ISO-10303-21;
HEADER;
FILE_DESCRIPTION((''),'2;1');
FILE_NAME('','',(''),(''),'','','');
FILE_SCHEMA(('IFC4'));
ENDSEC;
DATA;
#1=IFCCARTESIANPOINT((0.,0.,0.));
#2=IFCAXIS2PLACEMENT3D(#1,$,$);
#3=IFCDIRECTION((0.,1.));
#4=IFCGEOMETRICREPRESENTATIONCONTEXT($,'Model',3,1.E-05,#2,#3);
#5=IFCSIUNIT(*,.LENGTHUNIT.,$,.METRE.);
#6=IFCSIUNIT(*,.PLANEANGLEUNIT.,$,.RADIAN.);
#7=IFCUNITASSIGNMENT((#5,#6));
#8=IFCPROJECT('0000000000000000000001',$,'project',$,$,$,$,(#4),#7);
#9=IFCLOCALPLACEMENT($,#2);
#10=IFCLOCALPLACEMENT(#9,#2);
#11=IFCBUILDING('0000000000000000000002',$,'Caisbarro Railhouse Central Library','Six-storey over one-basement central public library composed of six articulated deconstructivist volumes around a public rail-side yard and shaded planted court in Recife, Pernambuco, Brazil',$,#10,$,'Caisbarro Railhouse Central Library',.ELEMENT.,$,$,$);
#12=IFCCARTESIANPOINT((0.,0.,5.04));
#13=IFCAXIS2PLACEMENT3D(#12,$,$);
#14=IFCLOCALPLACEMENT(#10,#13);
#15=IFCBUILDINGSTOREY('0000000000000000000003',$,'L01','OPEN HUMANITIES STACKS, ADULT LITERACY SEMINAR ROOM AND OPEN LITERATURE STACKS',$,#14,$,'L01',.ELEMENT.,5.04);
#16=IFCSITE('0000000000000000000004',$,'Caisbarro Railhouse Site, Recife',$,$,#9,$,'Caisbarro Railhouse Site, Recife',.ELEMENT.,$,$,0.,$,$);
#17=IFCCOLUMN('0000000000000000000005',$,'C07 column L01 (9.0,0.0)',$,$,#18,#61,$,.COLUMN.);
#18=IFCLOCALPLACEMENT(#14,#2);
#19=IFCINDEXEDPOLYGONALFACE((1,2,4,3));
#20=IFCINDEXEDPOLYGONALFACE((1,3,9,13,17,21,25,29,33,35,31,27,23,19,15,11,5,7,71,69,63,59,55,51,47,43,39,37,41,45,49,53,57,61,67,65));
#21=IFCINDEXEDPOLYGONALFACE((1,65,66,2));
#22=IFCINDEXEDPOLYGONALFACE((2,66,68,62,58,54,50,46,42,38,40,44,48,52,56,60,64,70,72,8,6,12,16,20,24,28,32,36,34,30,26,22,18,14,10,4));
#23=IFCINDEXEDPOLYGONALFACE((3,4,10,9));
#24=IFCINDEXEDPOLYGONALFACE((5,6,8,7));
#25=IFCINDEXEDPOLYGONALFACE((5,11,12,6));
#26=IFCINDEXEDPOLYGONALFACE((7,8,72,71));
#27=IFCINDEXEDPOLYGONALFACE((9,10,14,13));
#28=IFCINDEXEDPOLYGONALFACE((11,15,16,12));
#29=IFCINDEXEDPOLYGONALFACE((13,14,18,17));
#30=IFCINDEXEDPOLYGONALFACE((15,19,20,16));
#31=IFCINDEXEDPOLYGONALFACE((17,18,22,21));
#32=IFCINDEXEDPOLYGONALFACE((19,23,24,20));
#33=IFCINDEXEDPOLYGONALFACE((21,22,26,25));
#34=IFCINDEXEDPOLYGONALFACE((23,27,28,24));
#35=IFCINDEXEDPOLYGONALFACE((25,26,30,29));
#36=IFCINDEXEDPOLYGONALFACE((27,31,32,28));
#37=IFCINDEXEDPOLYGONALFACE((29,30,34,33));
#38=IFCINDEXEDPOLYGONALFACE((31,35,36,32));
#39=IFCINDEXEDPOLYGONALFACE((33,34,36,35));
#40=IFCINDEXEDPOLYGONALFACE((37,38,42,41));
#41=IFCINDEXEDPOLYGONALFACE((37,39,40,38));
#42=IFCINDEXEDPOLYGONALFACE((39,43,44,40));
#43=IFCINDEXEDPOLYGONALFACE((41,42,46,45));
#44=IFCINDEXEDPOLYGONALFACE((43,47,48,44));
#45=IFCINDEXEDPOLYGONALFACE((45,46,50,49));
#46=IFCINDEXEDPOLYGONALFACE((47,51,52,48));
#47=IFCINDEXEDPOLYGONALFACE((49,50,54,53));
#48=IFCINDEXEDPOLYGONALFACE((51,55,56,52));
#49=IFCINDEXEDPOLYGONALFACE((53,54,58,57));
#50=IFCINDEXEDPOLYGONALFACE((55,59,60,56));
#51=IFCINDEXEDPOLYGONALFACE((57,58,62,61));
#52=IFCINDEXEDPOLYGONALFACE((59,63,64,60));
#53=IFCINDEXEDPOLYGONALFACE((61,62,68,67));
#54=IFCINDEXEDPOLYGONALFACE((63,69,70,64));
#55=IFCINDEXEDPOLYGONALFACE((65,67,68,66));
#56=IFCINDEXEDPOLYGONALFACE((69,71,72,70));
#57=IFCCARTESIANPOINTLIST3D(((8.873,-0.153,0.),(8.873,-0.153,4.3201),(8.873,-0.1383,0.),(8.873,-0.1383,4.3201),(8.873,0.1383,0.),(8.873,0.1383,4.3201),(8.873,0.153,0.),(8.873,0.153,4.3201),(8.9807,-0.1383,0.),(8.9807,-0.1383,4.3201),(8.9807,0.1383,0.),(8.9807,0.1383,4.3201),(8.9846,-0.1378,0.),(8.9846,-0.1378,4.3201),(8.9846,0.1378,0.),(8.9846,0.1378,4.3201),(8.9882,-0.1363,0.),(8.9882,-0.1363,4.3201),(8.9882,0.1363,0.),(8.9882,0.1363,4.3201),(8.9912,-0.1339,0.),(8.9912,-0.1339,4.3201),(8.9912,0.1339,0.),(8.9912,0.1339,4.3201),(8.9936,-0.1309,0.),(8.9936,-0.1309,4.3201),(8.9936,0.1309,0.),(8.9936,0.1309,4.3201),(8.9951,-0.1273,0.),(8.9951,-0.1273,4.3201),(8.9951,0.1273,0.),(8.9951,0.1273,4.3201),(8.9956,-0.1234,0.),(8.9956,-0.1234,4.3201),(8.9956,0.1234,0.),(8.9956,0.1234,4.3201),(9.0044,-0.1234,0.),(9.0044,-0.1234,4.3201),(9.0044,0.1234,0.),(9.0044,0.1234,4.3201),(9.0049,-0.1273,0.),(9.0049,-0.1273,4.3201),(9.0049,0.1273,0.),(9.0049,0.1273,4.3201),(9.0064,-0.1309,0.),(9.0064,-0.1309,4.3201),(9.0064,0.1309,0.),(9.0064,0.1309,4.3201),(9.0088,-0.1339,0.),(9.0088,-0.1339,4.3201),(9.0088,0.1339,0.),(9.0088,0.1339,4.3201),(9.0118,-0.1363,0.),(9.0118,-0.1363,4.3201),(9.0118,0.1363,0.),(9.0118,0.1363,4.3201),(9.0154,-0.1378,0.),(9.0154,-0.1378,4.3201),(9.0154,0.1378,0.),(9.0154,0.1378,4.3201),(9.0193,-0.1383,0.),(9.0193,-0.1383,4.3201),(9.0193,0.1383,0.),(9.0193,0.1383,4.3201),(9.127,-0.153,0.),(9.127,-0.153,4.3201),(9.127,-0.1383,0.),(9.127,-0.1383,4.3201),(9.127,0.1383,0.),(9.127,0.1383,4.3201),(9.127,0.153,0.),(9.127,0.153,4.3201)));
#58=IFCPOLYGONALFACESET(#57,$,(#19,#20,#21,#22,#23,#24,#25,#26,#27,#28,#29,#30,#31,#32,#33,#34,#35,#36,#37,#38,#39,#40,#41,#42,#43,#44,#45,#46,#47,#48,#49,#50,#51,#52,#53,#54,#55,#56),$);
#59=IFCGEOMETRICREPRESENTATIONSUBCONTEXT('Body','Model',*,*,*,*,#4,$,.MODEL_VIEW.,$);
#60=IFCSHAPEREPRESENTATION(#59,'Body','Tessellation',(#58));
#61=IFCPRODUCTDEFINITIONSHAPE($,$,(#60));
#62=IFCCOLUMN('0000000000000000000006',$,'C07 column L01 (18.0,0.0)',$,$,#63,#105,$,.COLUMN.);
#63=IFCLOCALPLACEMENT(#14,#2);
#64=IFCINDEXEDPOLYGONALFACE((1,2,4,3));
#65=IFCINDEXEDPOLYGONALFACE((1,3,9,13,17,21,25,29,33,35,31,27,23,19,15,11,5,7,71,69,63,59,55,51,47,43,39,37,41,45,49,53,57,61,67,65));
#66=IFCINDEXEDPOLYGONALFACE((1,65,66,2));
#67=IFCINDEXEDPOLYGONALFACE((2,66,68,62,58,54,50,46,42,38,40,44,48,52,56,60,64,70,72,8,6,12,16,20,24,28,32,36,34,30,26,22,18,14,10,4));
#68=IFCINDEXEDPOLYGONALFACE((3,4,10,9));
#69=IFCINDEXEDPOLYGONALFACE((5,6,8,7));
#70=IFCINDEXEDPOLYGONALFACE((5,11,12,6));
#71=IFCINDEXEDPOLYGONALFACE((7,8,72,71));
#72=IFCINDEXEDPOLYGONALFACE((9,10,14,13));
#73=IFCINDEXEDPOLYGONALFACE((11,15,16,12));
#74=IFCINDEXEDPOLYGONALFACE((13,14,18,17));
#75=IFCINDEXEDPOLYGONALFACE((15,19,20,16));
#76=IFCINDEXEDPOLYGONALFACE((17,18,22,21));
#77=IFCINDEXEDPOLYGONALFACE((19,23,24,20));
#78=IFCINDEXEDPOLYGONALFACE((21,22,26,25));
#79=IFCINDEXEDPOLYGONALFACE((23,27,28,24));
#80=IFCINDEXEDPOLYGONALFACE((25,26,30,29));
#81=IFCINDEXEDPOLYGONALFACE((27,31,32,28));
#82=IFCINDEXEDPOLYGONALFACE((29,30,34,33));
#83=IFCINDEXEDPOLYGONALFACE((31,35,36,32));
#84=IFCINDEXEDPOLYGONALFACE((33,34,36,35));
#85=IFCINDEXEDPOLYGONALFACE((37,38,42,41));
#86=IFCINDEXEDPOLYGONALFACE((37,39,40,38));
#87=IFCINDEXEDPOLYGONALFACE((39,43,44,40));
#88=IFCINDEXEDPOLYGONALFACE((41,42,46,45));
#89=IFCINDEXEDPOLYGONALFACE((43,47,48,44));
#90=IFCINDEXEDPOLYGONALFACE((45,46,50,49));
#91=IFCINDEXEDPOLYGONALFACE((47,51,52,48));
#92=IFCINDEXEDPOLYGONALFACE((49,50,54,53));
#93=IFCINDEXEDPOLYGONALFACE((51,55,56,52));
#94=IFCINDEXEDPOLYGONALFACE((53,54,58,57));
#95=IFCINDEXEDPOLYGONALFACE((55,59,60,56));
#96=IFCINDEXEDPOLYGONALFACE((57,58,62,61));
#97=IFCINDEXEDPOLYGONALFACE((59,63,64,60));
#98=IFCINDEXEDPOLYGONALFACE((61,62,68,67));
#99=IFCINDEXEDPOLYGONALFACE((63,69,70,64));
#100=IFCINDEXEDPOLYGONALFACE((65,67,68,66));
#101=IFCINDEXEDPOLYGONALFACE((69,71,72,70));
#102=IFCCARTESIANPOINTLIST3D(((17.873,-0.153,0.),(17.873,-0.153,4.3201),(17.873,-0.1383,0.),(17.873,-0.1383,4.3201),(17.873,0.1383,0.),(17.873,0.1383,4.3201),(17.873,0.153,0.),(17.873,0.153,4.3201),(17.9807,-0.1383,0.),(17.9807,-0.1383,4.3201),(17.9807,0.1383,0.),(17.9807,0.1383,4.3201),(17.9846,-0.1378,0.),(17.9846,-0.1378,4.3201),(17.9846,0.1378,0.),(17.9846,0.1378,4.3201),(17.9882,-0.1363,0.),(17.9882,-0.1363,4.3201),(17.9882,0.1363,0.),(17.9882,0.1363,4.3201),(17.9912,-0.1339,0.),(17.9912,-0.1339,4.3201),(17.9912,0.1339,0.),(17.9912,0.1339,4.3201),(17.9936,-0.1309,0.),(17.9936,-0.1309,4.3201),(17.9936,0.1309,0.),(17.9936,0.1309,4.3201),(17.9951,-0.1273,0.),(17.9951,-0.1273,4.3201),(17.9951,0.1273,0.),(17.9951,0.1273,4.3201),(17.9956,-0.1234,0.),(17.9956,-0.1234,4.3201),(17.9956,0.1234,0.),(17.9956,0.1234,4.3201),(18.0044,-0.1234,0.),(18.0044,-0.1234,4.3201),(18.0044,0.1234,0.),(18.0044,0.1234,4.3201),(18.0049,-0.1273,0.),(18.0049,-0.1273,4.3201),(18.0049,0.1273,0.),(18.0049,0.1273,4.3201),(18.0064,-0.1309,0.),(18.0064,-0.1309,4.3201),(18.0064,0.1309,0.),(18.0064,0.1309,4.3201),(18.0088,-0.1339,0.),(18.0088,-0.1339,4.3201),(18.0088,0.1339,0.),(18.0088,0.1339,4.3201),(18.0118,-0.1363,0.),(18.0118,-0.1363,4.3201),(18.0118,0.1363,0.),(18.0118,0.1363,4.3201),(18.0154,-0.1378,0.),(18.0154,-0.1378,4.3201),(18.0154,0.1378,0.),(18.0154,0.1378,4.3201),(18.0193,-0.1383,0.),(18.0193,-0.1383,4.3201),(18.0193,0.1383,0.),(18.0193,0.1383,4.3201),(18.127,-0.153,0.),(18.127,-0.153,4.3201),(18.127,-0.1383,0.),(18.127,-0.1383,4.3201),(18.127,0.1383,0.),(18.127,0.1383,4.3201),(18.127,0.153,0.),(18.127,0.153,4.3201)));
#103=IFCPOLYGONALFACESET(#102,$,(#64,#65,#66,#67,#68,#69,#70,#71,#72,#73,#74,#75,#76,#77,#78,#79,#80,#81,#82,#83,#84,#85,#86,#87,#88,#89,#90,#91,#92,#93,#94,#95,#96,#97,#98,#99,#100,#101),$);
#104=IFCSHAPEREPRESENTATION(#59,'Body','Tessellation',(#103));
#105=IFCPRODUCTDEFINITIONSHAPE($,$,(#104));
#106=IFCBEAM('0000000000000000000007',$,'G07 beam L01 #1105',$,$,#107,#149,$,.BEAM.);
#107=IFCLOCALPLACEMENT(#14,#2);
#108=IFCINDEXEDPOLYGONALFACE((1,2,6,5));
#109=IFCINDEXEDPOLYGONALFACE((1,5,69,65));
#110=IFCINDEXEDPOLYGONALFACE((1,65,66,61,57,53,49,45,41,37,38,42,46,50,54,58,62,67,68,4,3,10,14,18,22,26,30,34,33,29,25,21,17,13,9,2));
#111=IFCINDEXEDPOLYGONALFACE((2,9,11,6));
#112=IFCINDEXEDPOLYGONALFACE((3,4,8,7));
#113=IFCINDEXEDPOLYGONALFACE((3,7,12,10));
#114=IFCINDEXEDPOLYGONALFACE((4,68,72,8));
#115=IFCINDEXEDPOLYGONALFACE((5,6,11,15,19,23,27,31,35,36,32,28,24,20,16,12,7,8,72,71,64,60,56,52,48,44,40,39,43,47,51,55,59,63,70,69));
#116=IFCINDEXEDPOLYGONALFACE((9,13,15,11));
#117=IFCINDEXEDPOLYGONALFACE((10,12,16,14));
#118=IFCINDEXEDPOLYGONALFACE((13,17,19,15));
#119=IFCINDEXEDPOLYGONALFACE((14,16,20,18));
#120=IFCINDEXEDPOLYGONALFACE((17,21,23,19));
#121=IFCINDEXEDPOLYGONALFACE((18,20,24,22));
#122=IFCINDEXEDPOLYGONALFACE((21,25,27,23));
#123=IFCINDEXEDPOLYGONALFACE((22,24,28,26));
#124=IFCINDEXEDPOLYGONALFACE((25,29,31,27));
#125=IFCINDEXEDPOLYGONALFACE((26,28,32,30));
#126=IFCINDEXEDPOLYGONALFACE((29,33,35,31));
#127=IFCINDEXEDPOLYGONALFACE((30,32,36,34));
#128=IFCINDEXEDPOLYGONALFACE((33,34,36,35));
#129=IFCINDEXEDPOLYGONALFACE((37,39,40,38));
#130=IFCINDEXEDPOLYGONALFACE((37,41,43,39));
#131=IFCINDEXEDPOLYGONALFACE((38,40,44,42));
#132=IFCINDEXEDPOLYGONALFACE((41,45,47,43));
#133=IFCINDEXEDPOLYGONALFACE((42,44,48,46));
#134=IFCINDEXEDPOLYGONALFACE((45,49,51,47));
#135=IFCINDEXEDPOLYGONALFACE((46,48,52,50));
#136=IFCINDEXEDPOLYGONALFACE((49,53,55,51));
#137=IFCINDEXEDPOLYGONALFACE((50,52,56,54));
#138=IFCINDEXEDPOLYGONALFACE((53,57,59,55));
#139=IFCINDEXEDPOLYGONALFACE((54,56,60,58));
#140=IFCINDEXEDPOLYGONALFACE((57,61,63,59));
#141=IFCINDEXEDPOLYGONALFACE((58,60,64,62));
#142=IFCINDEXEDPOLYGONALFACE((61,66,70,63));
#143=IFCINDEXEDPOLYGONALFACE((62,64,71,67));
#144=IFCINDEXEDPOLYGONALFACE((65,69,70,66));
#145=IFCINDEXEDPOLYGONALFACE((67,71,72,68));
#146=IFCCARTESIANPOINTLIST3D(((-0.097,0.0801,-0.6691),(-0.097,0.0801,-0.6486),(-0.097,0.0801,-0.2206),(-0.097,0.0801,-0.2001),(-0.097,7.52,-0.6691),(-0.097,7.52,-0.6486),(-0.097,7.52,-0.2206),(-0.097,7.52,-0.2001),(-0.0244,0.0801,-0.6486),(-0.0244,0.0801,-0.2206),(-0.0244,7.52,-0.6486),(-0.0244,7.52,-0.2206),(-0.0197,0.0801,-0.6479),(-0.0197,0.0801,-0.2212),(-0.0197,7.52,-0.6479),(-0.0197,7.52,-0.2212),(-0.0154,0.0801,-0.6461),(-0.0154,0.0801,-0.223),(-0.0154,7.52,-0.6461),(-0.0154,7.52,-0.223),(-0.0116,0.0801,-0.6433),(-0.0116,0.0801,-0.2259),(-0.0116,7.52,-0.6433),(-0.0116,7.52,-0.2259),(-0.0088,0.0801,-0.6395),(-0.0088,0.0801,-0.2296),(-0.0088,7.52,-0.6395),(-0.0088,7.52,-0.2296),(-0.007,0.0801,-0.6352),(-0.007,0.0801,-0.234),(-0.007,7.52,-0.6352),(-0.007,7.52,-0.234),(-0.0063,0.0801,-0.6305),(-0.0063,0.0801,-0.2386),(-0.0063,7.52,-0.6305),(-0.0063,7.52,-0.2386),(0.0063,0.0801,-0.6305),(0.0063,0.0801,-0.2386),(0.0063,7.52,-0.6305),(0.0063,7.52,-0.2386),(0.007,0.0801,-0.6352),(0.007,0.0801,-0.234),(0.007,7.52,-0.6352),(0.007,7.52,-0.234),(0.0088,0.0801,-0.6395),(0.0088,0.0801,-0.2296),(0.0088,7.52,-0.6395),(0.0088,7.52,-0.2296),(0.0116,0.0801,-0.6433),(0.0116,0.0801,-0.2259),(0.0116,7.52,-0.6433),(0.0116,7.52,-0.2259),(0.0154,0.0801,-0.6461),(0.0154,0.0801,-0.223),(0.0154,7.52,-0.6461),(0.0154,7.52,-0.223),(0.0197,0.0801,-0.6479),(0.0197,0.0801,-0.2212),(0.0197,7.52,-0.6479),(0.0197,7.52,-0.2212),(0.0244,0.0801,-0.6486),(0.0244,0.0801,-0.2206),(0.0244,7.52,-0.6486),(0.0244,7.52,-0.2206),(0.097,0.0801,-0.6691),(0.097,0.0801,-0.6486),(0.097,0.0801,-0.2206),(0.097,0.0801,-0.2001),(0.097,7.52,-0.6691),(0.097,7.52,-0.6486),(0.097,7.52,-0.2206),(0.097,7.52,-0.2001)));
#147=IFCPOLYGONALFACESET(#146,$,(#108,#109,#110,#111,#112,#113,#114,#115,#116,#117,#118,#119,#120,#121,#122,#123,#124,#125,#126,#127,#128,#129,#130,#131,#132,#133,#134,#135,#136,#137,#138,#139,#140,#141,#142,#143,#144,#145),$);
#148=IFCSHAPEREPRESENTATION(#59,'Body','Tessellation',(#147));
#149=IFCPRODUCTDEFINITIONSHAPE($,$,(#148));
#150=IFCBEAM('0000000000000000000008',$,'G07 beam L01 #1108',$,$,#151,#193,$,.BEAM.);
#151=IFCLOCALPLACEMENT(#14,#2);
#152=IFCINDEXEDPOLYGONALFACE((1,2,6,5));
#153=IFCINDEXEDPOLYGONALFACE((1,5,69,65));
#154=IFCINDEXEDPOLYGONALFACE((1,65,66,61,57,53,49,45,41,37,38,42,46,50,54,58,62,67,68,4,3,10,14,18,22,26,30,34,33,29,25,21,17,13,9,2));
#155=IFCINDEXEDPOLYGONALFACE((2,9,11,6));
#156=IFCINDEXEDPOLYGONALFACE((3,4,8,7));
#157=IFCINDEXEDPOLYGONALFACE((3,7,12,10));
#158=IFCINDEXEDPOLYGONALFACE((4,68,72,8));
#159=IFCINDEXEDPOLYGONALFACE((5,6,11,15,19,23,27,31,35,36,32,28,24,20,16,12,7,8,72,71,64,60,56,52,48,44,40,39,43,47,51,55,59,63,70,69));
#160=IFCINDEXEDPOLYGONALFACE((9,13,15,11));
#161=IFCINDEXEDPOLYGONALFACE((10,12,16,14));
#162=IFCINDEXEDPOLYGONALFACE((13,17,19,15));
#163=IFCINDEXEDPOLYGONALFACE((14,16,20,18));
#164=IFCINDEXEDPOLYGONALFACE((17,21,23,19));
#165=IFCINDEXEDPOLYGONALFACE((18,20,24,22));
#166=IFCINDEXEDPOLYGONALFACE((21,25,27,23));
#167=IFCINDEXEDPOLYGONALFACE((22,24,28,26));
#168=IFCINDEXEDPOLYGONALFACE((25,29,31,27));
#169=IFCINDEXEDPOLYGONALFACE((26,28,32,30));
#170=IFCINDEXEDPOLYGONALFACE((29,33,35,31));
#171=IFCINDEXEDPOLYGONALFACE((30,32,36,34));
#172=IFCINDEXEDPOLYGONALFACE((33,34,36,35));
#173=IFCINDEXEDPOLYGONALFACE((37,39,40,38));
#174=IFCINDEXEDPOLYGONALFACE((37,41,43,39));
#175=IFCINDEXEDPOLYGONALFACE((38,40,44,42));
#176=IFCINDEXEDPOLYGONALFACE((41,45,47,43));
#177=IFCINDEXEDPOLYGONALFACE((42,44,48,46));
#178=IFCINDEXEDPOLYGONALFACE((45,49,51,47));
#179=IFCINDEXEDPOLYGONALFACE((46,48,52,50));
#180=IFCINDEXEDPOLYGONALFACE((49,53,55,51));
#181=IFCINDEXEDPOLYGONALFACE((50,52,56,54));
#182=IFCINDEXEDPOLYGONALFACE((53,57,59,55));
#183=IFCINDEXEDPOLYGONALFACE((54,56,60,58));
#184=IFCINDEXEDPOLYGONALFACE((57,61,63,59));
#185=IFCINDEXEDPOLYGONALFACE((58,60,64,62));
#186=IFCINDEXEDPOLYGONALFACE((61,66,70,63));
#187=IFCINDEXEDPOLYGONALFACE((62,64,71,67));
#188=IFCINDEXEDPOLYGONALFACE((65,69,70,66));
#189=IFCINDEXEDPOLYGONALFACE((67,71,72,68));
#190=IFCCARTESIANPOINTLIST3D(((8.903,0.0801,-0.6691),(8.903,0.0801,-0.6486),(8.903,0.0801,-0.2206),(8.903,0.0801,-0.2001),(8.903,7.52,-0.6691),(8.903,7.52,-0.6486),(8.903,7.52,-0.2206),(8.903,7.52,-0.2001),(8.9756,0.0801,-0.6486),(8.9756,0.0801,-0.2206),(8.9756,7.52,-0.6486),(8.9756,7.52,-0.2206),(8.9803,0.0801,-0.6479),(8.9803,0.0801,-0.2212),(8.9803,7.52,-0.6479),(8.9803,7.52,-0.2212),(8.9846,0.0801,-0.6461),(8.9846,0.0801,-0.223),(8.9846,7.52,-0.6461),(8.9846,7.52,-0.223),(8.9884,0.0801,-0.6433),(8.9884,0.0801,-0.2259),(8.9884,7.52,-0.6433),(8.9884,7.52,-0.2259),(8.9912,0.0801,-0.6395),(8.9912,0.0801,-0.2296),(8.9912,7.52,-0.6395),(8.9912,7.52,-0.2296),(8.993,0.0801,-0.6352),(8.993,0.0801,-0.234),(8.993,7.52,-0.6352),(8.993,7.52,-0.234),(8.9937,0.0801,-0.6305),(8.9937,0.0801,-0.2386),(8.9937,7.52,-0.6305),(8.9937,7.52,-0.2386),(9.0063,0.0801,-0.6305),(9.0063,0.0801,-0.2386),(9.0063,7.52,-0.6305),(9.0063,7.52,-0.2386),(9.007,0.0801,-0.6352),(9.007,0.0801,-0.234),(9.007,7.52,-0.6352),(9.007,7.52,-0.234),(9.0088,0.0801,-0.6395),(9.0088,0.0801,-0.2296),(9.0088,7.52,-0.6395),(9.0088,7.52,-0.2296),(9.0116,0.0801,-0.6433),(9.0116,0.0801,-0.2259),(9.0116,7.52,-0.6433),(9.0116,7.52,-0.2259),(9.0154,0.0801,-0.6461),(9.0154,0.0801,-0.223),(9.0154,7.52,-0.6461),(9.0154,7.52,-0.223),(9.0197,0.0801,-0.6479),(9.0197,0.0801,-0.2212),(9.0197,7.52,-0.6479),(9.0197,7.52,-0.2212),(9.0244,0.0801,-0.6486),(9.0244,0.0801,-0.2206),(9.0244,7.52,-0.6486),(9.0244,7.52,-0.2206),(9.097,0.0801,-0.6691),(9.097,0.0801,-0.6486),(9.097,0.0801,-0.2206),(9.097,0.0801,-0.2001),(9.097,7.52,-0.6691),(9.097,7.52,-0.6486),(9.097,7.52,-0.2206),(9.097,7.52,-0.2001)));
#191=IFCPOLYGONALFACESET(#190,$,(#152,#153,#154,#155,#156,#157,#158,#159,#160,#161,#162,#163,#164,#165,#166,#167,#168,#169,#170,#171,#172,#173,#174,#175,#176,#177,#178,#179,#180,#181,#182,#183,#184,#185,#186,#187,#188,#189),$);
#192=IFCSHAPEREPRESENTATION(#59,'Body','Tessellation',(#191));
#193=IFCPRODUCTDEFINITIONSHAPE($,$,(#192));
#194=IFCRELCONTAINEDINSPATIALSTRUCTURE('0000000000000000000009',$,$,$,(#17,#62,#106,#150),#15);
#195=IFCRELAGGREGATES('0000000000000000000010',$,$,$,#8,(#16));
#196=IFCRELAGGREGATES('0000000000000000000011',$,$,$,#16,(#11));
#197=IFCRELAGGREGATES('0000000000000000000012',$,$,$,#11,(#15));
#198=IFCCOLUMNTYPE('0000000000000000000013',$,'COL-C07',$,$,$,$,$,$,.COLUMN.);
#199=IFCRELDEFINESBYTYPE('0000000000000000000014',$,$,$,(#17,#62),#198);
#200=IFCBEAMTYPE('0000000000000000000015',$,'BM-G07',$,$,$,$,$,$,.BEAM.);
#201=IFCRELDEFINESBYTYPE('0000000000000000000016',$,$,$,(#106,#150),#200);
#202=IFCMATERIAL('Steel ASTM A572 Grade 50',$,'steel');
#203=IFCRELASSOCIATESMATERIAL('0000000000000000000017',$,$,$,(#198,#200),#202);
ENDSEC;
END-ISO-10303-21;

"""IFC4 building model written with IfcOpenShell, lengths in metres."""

from ifc_helpers import new_model, si_unit, direction, frame, origin, origin_2d, place, context, subcontext, project, spatial, i_section, extrude, material, material_profile, profile_set, type_object, element, save


model = new_model("IFC4")

# Units and contexts
model_context = context("Model", 3, precision=1e-05, world=origin(), true_north=direction((0.0, 1.0)))
body_context = subcontext(model_context, "Body", "Model", "MODEL_VIEW")
ifc_project = project(units=[si_unit("LENGTHUNIT", "METRE"), si_unit("PLANEANGLEUNIT", "RADIAN")], contexts=[model_context])

# Site, building, storey
site_placement = place(None, origin())
site = spatial("IfcSite", under=ifc_project, at=site_placement, Name="Caisbarro Railhouse Site, Recife", LongName="Caisbarro Railhouse Site, Recife", CompositionType="ELEMENT", RefElevation=0.0)
building_placement = place(site_placement, origin())
building = spatial("IfcBuilding", under=site, at=building_placement, Name="Caisbarro Railhouse Central Library", Description="Six-storey over one-basement central public library composed of six articulated deconstructivist volumes around a public rail-side yard and shaded planted court in Recife, Pernambuco, Brazil", LongName="Caisbarro Railhouse Central Library", CompositionType="ELEMENT")
storey_placement = place(building_placement, frame((0.0, 0.0, 5.04)))
storey = spatial("IfcBuildingStorey", under=building, at=storey_placement, Name="L01", Description="OPEN HUMANITIES STACKS, ADULT LITERACY SEMINAR ROOM AND OPEN LITERATURE STACKS", LongName="L01", CompositionType="ELEMENT", Elevation=5.04)

# Columns
ifc_material_1 = material(Name="Steel ASTM A572 Grade 50", Category="steel")
ifc_material_profile_1 = material_profile(ifc_material_1, i_section(OverallWidth=0.2539, OverallDepth=0.3059, WebThickness=0.0088, FlangeThickness=0.0146, FilletRadius=0.0149, at=origin_2d()), Name="W310X79.0")
ifc_profile_set_1 = profile_set([ifc_material_profile_1], Name="Steel ASTM A572 Grade 50")
column_type = type_object("IfcColumnType", Name="COL-C07", PredefinedType="COLUMN", material=ifc_profile_set_1)
for number, where, z_axis, x_axis, name in (
    (1, (9.0, 0.0, 0.0), (0.0, 0.0, 1.0), (1.0, 0.0, 0.0), "C07 column L01 (9.0,0.0)"),
    (2, (18.0, 0.0, 0.0), (0.0, 0.0, 1.0), (1.0, 0.0, 0.0), "C07 column L01 (18.0,0.0)"),
):
    element("IfcColumn", number, at=place(storey_placement, frame(where, z_axis=z_axis, x_axis=x_axis)), inside=storey, type_object=column_type, Name=name, PredefinedType="COLUMN", context=body_context, shape_type="SweptSolid", body=[
        extrude(i_section(OverallWidth=0.2539, OverallDepth=0.3059, WebThickness=0.0088, FlangeThickness=0.0146, FilletRadius=0.0149, at=origin_2d()), origin(), (0.0, 0.0, 1.0), 4.3201),
    ])

# Beams
ifc_material_profile_2 = material_profile(ifc_material_1, i_section(OverallWidth=0.1941, OverallDepth=0.469, WebThickness=0.0127, FlangeThickness=0.0205, FilletRadius=0.0181, at=origin_2d()), Name="W460X106.0")
ifc_profile_set_2 = profile_set([ifc_material_profile_2], Name="Steel ASTM A572 Grade 50")
beam_type_1 = type_object("IfcBeamType", Name="BM-G07", PredefinedType="BEAM", material=ifc_profile_set_2)
for number, where, z_axis, x_axis, name in (
    (3, (0.0, 0.0801, -0.4346), (0.0, 1.0, 0.0), (-1.0, 0.0, 0.0), "G07 beam L01 #1105"),
    (4, (9.0, 0.0801, -0.4346), (0.0, 1.0, 0.0), (-1.0, 0.0, 0.0), "G07 beam L01 #1108"),
):
    element("IfcBeam", number, at=place(storey_placement, frame(where, z_axis=z_axis, x_axis=x_axis)), inside=storey, type_object=beam_type_1, Name=name, PredefinedType="BEAM", context=body_context, shape_type="SweptSolid", body=[
        extrude(i_section(OverallWidth=0.1941, OverallDepth=0.469, WebThickness=0.0127, FlangeThickness=0.0205, FilletRadius=0.0181, at=origin_2d()), origin(), (0.0, 0.0, 1.0), 7.4399),
    ])

save(model, "model.ifc")
